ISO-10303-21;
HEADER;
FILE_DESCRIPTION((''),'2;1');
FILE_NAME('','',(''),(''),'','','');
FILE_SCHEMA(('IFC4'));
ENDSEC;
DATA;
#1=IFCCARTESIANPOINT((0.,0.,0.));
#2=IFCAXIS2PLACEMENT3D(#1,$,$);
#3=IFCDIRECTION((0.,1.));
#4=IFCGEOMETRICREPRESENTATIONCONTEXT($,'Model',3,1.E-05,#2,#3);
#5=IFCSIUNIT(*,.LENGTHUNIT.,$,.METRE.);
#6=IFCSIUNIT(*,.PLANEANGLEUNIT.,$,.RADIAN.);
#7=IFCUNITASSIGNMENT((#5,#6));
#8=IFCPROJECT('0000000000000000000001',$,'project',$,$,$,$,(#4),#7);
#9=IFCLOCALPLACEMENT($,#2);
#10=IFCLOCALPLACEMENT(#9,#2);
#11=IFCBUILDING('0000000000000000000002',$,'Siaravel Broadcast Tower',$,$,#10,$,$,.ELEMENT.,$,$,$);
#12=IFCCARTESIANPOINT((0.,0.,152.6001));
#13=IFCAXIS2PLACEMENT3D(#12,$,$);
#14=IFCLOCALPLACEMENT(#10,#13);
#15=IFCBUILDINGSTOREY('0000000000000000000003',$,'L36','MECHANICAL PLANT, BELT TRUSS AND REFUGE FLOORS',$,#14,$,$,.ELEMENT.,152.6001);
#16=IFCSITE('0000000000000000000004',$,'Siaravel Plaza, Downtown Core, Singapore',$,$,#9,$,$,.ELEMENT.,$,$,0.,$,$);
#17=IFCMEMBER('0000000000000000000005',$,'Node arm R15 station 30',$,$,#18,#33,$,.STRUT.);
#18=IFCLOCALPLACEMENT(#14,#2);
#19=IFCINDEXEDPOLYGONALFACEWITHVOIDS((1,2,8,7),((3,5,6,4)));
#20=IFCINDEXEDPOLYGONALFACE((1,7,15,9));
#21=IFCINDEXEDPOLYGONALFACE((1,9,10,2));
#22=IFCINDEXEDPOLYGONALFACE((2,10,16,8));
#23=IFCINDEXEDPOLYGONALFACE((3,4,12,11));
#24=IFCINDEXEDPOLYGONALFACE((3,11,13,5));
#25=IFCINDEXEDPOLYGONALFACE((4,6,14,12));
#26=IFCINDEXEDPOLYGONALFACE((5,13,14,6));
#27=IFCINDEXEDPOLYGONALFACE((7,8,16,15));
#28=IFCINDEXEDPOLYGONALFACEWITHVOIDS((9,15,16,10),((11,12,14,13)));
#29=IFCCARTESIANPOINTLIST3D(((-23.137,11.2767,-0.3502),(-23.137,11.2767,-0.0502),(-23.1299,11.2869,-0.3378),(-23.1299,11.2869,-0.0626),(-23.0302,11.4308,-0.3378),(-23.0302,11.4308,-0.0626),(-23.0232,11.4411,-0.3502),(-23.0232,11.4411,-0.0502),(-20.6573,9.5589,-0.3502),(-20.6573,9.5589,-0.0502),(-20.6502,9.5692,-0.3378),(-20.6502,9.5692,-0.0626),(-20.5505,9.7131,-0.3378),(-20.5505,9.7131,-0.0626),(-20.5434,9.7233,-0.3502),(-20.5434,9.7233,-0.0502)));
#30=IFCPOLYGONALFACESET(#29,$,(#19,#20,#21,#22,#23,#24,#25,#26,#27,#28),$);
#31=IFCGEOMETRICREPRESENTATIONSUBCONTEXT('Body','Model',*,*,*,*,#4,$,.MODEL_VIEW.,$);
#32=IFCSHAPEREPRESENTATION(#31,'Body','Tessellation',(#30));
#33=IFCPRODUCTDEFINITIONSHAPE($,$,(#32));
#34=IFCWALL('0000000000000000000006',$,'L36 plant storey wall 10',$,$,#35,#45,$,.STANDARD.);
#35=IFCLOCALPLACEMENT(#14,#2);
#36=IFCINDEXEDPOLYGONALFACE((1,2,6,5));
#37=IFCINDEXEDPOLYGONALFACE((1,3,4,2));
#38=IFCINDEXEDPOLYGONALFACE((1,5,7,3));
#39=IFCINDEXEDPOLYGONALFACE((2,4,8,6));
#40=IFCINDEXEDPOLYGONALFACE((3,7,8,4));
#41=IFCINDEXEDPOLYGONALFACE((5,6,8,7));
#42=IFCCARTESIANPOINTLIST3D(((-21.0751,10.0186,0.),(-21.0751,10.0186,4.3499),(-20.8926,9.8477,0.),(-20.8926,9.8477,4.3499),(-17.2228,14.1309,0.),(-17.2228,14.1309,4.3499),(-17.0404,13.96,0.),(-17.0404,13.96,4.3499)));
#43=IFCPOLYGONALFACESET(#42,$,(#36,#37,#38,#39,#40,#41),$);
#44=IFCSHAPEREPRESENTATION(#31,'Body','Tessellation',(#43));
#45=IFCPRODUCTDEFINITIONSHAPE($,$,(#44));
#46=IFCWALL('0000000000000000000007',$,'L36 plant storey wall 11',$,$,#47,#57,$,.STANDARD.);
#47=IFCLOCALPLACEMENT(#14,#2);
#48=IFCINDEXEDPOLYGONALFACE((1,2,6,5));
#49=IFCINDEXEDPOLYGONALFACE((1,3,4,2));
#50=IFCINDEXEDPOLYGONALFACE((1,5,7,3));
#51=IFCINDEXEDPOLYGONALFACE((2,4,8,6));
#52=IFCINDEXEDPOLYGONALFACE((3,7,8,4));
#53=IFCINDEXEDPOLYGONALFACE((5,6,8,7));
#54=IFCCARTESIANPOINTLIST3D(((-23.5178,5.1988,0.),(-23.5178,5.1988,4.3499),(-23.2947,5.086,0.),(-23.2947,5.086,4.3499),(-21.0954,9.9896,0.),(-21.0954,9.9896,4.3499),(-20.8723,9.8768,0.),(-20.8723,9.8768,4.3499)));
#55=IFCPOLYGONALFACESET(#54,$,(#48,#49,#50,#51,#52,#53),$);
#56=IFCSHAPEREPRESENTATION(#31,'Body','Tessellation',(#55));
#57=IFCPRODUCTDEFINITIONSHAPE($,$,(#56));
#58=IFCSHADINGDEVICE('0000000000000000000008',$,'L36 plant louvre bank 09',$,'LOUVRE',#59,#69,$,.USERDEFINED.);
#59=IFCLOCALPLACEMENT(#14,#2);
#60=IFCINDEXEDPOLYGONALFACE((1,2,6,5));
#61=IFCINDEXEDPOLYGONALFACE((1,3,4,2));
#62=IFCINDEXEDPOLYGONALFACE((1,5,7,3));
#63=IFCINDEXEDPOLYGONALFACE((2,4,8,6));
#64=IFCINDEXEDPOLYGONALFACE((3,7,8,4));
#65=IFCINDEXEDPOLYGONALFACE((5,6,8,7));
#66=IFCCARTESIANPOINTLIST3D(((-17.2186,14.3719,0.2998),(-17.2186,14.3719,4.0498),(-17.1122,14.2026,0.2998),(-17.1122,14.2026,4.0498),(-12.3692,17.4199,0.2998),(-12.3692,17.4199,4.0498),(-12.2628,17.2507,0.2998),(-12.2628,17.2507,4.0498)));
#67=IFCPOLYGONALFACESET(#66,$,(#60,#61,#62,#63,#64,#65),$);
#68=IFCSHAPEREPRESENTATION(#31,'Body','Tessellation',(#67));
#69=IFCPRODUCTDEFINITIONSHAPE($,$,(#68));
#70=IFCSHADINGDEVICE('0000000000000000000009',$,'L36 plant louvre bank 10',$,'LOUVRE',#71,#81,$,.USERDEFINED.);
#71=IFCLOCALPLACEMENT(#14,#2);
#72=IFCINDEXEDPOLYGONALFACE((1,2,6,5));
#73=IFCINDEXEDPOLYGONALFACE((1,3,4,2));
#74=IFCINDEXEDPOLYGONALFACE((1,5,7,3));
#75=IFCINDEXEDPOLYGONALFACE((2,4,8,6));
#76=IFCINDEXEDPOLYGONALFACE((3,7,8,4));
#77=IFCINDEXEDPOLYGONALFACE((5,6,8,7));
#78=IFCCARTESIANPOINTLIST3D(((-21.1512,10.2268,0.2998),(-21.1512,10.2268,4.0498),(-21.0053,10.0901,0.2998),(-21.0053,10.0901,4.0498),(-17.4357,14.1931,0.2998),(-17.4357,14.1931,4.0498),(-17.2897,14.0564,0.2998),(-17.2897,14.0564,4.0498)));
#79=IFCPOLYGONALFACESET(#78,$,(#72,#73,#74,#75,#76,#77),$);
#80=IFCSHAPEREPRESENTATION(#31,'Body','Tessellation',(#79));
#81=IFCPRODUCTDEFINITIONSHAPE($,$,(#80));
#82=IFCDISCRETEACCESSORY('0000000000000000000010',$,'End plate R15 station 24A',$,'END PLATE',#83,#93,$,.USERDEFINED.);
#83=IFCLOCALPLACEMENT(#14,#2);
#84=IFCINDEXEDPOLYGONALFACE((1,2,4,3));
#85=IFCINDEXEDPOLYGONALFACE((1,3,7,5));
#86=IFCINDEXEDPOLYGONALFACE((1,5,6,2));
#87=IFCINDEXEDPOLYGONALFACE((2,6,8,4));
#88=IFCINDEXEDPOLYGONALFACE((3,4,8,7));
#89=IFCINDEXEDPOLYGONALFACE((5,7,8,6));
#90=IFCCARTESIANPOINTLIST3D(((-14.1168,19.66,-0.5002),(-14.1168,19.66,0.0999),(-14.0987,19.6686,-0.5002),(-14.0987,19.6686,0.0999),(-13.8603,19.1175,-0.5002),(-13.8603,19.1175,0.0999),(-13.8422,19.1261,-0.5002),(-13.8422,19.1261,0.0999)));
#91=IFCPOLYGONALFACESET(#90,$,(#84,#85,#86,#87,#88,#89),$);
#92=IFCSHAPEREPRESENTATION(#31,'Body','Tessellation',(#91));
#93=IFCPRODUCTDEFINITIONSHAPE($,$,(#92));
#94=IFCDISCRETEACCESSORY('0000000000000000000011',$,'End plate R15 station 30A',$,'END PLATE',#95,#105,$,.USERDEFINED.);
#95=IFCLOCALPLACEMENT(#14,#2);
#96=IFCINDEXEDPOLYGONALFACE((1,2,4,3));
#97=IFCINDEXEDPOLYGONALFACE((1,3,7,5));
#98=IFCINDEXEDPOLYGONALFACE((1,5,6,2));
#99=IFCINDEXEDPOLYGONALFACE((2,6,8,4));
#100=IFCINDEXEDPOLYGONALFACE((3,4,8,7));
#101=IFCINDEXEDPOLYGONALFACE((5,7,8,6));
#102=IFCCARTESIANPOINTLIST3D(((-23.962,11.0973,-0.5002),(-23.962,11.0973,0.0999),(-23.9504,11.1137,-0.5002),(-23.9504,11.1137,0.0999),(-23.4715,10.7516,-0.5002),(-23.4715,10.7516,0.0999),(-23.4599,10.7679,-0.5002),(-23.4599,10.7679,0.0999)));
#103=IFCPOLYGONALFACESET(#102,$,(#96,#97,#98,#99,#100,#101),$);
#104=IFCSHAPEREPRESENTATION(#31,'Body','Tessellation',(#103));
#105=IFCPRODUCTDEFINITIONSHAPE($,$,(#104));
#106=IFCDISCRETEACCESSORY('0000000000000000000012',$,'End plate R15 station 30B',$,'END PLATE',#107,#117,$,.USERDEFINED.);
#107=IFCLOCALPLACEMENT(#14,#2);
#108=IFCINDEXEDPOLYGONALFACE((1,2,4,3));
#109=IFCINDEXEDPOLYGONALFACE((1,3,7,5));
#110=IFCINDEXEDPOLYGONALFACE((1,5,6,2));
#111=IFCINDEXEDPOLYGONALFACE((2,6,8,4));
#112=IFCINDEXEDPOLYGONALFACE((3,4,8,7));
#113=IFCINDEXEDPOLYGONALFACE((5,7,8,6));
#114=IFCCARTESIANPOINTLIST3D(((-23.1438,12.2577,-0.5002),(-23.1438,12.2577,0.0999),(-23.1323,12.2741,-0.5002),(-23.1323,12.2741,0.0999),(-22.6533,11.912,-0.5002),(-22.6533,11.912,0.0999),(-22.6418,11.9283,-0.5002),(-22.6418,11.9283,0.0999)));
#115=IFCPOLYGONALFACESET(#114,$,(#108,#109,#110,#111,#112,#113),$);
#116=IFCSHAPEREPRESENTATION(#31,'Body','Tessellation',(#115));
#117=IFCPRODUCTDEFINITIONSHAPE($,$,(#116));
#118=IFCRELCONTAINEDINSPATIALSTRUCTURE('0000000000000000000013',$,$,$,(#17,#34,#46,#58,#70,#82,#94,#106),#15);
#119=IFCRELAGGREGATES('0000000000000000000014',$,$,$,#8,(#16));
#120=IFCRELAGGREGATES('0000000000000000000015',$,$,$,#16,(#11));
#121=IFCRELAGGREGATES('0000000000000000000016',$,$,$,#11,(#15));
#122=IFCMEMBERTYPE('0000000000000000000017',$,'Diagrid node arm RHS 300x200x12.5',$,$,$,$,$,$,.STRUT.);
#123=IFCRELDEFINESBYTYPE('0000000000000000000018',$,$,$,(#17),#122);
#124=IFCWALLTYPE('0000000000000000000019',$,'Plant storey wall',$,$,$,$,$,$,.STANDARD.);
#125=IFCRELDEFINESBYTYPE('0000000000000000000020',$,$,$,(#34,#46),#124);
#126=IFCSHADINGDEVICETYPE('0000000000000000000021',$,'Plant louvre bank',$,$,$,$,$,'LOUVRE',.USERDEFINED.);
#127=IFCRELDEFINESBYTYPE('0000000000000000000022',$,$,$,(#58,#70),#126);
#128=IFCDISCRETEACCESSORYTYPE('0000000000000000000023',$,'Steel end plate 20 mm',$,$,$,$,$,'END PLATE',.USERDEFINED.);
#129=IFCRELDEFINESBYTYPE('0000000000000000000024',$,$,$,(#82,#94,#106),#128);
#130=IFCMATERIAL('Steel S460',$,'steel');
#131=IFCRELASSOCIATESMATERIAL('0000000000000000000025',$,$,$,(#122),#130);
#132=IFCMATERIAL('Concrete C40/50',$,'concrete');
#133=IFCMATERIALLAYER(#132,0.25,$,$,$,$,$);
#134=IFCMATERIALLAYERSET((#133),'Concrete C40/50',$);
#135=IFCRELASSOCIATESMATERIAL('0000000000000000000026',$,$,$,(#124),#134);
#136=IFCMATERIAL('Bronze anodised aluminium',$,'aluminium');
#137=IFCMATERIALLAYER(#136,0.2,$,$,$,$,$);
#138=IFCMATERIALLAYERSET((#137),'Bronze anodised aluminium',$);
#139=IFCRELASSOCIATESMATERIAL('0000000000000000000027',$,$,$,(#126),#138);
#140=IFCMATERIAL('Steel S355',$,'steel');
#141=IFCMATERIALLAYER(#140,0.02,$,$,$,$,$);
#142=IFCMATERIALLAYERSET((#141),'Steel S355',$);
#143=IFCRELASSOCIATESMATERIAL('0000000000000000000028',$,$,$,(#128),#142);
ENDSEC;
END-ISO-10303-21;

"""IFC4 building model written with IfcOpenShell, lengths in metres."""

from ifc_helpers import new_model, si_unit, direction, frame, frame_2d, origin, origin_2d, place, context, subcontext, project, spatial, rectangle, hollow_rectangle, extrude, material, layer, layer_set, material_profile, profile_set, type_object, element, save


model = new_model("IFC4")

# Units and contexts
model_context = context("Model", 3, precision=1e-05, world=origin(), true_north=direction((0.0, 1.0)))
body_context = subcontext(model_context, "Body", "Model", "MODEL_VIEW")
ifc_project = project(units=[si_unit("LENGTHUNIT", "METRE"), si_unit("PLANEANGLEUNIT", "RADIAN")], contexts=[model_context])

# Site, building, storey
site_placement = place(None, origin())
site = spatial("IfcSite", under=ifc_project, at=site_placement, Name="Siaravel Plaza, Downtown Core, Singapore", CompositionType="ELEMENT", RefElevation=0.0)
building_placement = place(site_placement, origin())
building = spatial("IfcBuilding", under=site, at=building_placement, Name="Siaravel Broadcast Tower", CompositionType="ELEMENT")
storey_placement = place(building_placement, frame((0.0, 0.0, 152.6001)))
storey = spatial("IfcBuildingStorey", under=building, at=storey_placement, Name="L36", Description="MECHANICAL PLANT, BELT TRUSS AND REFUGE FLOORS", CompositionType="ELEMENT", Elevation=152.6001)

# Shared definitions
ifc_material_1 = material(Name="Steel S355", Category="steel")
ifc_material_2 = material(Name="Steel S460", Category="steel")

# Member
ifc_material_profile_1 = material_profile(ifc_material_2, hollow_rectangle(XDim=0.2, YDim=0.3, WallThickness=0.0125, at=origin_2d()))
ifc_profile_set_1 = profile_set([ifc_material_profile_1], Name="Steel S460")
member_type_1 = type_object("IfcMemberType", Name="Diagrid node arm RHS 300x200x12.5", PredefinedType="STRUT", material=ifc_profile_set_1)
member_1_placement = place(storey_placement, frame((-20.6003, 9.6411, -0.2002), z_axis=(-0.822032, 0.569441, 0.0), x_axis=(-0.569441, -0.822032, 0.0)))
element("IfcMember", 1, at=member_1_placement, inside=storey, type_object=member_type_1, Name="Node arm R15 station 30", PredefinedType="STRUT", context=body_context, shape_type="SweptSolid", body=[
    extrude(hollow_rectangle(XDim=0.2, YDim=0.3, WallThickness=0.0125, at=origin_2d()), origin(), (0.0, 0.0, 1.0), 3.0166),
])

# Walls
ifc_material_3 = material(Name="Concrete C40/50", Category="concrete")
ifc_layer_1 = layer(ifc_material_3, 0.25)
ifc_layer_set_1 = layer_set([ifc_layer_1], Name="Concrete C40/50")
wall_type = type_object("IfcWallType", Name="Plant storey wall", PredefinedType="STANDARD", material=ifc_layer_set_1)
wall_1_placement = place(storey_placement, frame((-17.1316, 14.0454, 0.0), z_axis=(0.0, 0.0, 1.0), x_axis=(-0.683659, -0.729802, 0.0)))
element("IfcWall", 2, at=wall_1_placement, inside=storey, type_object=wall_type, Name="L36 plant storey wall 10", PredefinedType="STANDARD", context=body_context, shape_type="SweptSolid", body=[
    extrude(rectangle(XDim=5.6348, YDim=0.25, at=frame_2d((2.8174, 0.0))), origin(), (0.0, 0.0, 1.0), 4.3499),
])
wall_2_placement = place(storey_placement, frame((-20.9839, 9.9331, 0.0), z_axis=(0.0, 0.0, 1.0), x_axis=(-0.451229, -0.892408, 0.0)))
element("IfcWall", 3, at=wall_2_placement, inside=storey, type_object=wall_type, Name="L36 plant storey wall 11", PredefinedType="STANDARD", context=body_context, shape_type="SweptSolid", body=[
    extrude(rectangle(XDim=5.3684, YDim=0.25, at=frame_2d((2.6841, 0.0))), origin(), (0.0, 0.0, 1.0), 4.3499),
])

# Shading devices
ifc_material_4 = material(Name="Bronze anodised aluminium", Category="aluminium")
ifc_layer_2 = layer(ifc_material_4, 0.2)
ifc_layer_set_2 = layer_set([ifc_layer_2], Name="Bronze anodised aluminium")
shading_device_type = type_object("IfcShadingDeviceType", Name="Plant louvre bank", ElementType="LOUVRE", PredefinedType="USERDEFINED", material=ifc_layer_set_2)
shading_device_1_placement = place(storey_placement, frame((-14.7407, 15.8113, 0.2998), z_axis=(0.0, 0.0, 1.0), x_axis=(-0.84665, -0.532149, 0.0)))
element("IfcShadingDevice", 4, at=shading_device_1_placement, inside=storey, type_object=shading_device_type, Name="L36 plant louvre bank 09", ObjectType="LOUVRE", PredefinedType="USERDEFINED", context=body_context, shape_type="SweptSolid", body=[
    extrude(rectangle(XDim=5.7278, YDim=0.2, at=origin_2d()), origin(), (0.0, 0.0, 1.0), 3.75),
])
shading_device_2_placement = place(storey_placement, frame((-19.2205, 12.1416, 0.2998), z_axis=(0.0, 0.0, 1.0), x_axis=(-0.683655, -0.729806, 0.0)))
element("IfcShadingDevice", 5, at=shading_device_2_placement, inside=storey, type_object=shading_device_type, Name="L36 plant louvre bank 10", ObjectType="LOUVRE", PredefinedType="USERDEFINED", context=body_context, shape_type="SweptSolid", body=[
    extrude(rectangle(XDim=5.4348, YDim=0.2, at=origin_2d()), origin(), (0.0, 0.0, 1.0), 3.75),
])

# Discrete accessories
ifc_layer_3 = layer(ifc_material_1, 0.02)
ifc_layer_set_3 = layer_set([ifc_layer_3], Name="Steel S355")
discrete_accessory_type = type_object("IfcDiscreteAccessoryType", Name="Steel end plate 20 mm", ElementType="END PLATE", PredefinedType="USERDEFINED", material=ifc_layer_set_3)
for number, where, z_axis, x_axis, name in (
    (6, (-13.9795, 19.3931, -0.5002), (0.0, 0.0, 1.0), (-0.904006, -0.427519, 0.0), "End plate R15 station 24A"),
    (7, (-23.7109, 10.9326, -0.5002), (0.0, 0.0, 1.0), (-0.576119, -0.817366, 0.0), "End plate R15 station 30A"),
    (8, (-22.8928, 12.093, -0.5002), (0.0, 0.0, 1.0), (-0.576119, -0.817366, 0.0), "End plate R15 station 30B"),
):
    element("IfcDiscreteAccessory", number, at=place(storey_placement, frame(where, z_axis=z_axis, x_axis=x_axis)), inside=storey, type_object=discrete_accessory_type, Name=name, ObjectType="END PLATE", PredefinedType="USERDEFINED", context=body_context, shape_type="SweptSolid", body=[
        extrude(rectangle(XDim=0.02, YDim=0.6001, at=origin_2d()), origin(), (0.0, 0.0, 1.0), 0.6001),
    ])

save(model, "model.ifc")
